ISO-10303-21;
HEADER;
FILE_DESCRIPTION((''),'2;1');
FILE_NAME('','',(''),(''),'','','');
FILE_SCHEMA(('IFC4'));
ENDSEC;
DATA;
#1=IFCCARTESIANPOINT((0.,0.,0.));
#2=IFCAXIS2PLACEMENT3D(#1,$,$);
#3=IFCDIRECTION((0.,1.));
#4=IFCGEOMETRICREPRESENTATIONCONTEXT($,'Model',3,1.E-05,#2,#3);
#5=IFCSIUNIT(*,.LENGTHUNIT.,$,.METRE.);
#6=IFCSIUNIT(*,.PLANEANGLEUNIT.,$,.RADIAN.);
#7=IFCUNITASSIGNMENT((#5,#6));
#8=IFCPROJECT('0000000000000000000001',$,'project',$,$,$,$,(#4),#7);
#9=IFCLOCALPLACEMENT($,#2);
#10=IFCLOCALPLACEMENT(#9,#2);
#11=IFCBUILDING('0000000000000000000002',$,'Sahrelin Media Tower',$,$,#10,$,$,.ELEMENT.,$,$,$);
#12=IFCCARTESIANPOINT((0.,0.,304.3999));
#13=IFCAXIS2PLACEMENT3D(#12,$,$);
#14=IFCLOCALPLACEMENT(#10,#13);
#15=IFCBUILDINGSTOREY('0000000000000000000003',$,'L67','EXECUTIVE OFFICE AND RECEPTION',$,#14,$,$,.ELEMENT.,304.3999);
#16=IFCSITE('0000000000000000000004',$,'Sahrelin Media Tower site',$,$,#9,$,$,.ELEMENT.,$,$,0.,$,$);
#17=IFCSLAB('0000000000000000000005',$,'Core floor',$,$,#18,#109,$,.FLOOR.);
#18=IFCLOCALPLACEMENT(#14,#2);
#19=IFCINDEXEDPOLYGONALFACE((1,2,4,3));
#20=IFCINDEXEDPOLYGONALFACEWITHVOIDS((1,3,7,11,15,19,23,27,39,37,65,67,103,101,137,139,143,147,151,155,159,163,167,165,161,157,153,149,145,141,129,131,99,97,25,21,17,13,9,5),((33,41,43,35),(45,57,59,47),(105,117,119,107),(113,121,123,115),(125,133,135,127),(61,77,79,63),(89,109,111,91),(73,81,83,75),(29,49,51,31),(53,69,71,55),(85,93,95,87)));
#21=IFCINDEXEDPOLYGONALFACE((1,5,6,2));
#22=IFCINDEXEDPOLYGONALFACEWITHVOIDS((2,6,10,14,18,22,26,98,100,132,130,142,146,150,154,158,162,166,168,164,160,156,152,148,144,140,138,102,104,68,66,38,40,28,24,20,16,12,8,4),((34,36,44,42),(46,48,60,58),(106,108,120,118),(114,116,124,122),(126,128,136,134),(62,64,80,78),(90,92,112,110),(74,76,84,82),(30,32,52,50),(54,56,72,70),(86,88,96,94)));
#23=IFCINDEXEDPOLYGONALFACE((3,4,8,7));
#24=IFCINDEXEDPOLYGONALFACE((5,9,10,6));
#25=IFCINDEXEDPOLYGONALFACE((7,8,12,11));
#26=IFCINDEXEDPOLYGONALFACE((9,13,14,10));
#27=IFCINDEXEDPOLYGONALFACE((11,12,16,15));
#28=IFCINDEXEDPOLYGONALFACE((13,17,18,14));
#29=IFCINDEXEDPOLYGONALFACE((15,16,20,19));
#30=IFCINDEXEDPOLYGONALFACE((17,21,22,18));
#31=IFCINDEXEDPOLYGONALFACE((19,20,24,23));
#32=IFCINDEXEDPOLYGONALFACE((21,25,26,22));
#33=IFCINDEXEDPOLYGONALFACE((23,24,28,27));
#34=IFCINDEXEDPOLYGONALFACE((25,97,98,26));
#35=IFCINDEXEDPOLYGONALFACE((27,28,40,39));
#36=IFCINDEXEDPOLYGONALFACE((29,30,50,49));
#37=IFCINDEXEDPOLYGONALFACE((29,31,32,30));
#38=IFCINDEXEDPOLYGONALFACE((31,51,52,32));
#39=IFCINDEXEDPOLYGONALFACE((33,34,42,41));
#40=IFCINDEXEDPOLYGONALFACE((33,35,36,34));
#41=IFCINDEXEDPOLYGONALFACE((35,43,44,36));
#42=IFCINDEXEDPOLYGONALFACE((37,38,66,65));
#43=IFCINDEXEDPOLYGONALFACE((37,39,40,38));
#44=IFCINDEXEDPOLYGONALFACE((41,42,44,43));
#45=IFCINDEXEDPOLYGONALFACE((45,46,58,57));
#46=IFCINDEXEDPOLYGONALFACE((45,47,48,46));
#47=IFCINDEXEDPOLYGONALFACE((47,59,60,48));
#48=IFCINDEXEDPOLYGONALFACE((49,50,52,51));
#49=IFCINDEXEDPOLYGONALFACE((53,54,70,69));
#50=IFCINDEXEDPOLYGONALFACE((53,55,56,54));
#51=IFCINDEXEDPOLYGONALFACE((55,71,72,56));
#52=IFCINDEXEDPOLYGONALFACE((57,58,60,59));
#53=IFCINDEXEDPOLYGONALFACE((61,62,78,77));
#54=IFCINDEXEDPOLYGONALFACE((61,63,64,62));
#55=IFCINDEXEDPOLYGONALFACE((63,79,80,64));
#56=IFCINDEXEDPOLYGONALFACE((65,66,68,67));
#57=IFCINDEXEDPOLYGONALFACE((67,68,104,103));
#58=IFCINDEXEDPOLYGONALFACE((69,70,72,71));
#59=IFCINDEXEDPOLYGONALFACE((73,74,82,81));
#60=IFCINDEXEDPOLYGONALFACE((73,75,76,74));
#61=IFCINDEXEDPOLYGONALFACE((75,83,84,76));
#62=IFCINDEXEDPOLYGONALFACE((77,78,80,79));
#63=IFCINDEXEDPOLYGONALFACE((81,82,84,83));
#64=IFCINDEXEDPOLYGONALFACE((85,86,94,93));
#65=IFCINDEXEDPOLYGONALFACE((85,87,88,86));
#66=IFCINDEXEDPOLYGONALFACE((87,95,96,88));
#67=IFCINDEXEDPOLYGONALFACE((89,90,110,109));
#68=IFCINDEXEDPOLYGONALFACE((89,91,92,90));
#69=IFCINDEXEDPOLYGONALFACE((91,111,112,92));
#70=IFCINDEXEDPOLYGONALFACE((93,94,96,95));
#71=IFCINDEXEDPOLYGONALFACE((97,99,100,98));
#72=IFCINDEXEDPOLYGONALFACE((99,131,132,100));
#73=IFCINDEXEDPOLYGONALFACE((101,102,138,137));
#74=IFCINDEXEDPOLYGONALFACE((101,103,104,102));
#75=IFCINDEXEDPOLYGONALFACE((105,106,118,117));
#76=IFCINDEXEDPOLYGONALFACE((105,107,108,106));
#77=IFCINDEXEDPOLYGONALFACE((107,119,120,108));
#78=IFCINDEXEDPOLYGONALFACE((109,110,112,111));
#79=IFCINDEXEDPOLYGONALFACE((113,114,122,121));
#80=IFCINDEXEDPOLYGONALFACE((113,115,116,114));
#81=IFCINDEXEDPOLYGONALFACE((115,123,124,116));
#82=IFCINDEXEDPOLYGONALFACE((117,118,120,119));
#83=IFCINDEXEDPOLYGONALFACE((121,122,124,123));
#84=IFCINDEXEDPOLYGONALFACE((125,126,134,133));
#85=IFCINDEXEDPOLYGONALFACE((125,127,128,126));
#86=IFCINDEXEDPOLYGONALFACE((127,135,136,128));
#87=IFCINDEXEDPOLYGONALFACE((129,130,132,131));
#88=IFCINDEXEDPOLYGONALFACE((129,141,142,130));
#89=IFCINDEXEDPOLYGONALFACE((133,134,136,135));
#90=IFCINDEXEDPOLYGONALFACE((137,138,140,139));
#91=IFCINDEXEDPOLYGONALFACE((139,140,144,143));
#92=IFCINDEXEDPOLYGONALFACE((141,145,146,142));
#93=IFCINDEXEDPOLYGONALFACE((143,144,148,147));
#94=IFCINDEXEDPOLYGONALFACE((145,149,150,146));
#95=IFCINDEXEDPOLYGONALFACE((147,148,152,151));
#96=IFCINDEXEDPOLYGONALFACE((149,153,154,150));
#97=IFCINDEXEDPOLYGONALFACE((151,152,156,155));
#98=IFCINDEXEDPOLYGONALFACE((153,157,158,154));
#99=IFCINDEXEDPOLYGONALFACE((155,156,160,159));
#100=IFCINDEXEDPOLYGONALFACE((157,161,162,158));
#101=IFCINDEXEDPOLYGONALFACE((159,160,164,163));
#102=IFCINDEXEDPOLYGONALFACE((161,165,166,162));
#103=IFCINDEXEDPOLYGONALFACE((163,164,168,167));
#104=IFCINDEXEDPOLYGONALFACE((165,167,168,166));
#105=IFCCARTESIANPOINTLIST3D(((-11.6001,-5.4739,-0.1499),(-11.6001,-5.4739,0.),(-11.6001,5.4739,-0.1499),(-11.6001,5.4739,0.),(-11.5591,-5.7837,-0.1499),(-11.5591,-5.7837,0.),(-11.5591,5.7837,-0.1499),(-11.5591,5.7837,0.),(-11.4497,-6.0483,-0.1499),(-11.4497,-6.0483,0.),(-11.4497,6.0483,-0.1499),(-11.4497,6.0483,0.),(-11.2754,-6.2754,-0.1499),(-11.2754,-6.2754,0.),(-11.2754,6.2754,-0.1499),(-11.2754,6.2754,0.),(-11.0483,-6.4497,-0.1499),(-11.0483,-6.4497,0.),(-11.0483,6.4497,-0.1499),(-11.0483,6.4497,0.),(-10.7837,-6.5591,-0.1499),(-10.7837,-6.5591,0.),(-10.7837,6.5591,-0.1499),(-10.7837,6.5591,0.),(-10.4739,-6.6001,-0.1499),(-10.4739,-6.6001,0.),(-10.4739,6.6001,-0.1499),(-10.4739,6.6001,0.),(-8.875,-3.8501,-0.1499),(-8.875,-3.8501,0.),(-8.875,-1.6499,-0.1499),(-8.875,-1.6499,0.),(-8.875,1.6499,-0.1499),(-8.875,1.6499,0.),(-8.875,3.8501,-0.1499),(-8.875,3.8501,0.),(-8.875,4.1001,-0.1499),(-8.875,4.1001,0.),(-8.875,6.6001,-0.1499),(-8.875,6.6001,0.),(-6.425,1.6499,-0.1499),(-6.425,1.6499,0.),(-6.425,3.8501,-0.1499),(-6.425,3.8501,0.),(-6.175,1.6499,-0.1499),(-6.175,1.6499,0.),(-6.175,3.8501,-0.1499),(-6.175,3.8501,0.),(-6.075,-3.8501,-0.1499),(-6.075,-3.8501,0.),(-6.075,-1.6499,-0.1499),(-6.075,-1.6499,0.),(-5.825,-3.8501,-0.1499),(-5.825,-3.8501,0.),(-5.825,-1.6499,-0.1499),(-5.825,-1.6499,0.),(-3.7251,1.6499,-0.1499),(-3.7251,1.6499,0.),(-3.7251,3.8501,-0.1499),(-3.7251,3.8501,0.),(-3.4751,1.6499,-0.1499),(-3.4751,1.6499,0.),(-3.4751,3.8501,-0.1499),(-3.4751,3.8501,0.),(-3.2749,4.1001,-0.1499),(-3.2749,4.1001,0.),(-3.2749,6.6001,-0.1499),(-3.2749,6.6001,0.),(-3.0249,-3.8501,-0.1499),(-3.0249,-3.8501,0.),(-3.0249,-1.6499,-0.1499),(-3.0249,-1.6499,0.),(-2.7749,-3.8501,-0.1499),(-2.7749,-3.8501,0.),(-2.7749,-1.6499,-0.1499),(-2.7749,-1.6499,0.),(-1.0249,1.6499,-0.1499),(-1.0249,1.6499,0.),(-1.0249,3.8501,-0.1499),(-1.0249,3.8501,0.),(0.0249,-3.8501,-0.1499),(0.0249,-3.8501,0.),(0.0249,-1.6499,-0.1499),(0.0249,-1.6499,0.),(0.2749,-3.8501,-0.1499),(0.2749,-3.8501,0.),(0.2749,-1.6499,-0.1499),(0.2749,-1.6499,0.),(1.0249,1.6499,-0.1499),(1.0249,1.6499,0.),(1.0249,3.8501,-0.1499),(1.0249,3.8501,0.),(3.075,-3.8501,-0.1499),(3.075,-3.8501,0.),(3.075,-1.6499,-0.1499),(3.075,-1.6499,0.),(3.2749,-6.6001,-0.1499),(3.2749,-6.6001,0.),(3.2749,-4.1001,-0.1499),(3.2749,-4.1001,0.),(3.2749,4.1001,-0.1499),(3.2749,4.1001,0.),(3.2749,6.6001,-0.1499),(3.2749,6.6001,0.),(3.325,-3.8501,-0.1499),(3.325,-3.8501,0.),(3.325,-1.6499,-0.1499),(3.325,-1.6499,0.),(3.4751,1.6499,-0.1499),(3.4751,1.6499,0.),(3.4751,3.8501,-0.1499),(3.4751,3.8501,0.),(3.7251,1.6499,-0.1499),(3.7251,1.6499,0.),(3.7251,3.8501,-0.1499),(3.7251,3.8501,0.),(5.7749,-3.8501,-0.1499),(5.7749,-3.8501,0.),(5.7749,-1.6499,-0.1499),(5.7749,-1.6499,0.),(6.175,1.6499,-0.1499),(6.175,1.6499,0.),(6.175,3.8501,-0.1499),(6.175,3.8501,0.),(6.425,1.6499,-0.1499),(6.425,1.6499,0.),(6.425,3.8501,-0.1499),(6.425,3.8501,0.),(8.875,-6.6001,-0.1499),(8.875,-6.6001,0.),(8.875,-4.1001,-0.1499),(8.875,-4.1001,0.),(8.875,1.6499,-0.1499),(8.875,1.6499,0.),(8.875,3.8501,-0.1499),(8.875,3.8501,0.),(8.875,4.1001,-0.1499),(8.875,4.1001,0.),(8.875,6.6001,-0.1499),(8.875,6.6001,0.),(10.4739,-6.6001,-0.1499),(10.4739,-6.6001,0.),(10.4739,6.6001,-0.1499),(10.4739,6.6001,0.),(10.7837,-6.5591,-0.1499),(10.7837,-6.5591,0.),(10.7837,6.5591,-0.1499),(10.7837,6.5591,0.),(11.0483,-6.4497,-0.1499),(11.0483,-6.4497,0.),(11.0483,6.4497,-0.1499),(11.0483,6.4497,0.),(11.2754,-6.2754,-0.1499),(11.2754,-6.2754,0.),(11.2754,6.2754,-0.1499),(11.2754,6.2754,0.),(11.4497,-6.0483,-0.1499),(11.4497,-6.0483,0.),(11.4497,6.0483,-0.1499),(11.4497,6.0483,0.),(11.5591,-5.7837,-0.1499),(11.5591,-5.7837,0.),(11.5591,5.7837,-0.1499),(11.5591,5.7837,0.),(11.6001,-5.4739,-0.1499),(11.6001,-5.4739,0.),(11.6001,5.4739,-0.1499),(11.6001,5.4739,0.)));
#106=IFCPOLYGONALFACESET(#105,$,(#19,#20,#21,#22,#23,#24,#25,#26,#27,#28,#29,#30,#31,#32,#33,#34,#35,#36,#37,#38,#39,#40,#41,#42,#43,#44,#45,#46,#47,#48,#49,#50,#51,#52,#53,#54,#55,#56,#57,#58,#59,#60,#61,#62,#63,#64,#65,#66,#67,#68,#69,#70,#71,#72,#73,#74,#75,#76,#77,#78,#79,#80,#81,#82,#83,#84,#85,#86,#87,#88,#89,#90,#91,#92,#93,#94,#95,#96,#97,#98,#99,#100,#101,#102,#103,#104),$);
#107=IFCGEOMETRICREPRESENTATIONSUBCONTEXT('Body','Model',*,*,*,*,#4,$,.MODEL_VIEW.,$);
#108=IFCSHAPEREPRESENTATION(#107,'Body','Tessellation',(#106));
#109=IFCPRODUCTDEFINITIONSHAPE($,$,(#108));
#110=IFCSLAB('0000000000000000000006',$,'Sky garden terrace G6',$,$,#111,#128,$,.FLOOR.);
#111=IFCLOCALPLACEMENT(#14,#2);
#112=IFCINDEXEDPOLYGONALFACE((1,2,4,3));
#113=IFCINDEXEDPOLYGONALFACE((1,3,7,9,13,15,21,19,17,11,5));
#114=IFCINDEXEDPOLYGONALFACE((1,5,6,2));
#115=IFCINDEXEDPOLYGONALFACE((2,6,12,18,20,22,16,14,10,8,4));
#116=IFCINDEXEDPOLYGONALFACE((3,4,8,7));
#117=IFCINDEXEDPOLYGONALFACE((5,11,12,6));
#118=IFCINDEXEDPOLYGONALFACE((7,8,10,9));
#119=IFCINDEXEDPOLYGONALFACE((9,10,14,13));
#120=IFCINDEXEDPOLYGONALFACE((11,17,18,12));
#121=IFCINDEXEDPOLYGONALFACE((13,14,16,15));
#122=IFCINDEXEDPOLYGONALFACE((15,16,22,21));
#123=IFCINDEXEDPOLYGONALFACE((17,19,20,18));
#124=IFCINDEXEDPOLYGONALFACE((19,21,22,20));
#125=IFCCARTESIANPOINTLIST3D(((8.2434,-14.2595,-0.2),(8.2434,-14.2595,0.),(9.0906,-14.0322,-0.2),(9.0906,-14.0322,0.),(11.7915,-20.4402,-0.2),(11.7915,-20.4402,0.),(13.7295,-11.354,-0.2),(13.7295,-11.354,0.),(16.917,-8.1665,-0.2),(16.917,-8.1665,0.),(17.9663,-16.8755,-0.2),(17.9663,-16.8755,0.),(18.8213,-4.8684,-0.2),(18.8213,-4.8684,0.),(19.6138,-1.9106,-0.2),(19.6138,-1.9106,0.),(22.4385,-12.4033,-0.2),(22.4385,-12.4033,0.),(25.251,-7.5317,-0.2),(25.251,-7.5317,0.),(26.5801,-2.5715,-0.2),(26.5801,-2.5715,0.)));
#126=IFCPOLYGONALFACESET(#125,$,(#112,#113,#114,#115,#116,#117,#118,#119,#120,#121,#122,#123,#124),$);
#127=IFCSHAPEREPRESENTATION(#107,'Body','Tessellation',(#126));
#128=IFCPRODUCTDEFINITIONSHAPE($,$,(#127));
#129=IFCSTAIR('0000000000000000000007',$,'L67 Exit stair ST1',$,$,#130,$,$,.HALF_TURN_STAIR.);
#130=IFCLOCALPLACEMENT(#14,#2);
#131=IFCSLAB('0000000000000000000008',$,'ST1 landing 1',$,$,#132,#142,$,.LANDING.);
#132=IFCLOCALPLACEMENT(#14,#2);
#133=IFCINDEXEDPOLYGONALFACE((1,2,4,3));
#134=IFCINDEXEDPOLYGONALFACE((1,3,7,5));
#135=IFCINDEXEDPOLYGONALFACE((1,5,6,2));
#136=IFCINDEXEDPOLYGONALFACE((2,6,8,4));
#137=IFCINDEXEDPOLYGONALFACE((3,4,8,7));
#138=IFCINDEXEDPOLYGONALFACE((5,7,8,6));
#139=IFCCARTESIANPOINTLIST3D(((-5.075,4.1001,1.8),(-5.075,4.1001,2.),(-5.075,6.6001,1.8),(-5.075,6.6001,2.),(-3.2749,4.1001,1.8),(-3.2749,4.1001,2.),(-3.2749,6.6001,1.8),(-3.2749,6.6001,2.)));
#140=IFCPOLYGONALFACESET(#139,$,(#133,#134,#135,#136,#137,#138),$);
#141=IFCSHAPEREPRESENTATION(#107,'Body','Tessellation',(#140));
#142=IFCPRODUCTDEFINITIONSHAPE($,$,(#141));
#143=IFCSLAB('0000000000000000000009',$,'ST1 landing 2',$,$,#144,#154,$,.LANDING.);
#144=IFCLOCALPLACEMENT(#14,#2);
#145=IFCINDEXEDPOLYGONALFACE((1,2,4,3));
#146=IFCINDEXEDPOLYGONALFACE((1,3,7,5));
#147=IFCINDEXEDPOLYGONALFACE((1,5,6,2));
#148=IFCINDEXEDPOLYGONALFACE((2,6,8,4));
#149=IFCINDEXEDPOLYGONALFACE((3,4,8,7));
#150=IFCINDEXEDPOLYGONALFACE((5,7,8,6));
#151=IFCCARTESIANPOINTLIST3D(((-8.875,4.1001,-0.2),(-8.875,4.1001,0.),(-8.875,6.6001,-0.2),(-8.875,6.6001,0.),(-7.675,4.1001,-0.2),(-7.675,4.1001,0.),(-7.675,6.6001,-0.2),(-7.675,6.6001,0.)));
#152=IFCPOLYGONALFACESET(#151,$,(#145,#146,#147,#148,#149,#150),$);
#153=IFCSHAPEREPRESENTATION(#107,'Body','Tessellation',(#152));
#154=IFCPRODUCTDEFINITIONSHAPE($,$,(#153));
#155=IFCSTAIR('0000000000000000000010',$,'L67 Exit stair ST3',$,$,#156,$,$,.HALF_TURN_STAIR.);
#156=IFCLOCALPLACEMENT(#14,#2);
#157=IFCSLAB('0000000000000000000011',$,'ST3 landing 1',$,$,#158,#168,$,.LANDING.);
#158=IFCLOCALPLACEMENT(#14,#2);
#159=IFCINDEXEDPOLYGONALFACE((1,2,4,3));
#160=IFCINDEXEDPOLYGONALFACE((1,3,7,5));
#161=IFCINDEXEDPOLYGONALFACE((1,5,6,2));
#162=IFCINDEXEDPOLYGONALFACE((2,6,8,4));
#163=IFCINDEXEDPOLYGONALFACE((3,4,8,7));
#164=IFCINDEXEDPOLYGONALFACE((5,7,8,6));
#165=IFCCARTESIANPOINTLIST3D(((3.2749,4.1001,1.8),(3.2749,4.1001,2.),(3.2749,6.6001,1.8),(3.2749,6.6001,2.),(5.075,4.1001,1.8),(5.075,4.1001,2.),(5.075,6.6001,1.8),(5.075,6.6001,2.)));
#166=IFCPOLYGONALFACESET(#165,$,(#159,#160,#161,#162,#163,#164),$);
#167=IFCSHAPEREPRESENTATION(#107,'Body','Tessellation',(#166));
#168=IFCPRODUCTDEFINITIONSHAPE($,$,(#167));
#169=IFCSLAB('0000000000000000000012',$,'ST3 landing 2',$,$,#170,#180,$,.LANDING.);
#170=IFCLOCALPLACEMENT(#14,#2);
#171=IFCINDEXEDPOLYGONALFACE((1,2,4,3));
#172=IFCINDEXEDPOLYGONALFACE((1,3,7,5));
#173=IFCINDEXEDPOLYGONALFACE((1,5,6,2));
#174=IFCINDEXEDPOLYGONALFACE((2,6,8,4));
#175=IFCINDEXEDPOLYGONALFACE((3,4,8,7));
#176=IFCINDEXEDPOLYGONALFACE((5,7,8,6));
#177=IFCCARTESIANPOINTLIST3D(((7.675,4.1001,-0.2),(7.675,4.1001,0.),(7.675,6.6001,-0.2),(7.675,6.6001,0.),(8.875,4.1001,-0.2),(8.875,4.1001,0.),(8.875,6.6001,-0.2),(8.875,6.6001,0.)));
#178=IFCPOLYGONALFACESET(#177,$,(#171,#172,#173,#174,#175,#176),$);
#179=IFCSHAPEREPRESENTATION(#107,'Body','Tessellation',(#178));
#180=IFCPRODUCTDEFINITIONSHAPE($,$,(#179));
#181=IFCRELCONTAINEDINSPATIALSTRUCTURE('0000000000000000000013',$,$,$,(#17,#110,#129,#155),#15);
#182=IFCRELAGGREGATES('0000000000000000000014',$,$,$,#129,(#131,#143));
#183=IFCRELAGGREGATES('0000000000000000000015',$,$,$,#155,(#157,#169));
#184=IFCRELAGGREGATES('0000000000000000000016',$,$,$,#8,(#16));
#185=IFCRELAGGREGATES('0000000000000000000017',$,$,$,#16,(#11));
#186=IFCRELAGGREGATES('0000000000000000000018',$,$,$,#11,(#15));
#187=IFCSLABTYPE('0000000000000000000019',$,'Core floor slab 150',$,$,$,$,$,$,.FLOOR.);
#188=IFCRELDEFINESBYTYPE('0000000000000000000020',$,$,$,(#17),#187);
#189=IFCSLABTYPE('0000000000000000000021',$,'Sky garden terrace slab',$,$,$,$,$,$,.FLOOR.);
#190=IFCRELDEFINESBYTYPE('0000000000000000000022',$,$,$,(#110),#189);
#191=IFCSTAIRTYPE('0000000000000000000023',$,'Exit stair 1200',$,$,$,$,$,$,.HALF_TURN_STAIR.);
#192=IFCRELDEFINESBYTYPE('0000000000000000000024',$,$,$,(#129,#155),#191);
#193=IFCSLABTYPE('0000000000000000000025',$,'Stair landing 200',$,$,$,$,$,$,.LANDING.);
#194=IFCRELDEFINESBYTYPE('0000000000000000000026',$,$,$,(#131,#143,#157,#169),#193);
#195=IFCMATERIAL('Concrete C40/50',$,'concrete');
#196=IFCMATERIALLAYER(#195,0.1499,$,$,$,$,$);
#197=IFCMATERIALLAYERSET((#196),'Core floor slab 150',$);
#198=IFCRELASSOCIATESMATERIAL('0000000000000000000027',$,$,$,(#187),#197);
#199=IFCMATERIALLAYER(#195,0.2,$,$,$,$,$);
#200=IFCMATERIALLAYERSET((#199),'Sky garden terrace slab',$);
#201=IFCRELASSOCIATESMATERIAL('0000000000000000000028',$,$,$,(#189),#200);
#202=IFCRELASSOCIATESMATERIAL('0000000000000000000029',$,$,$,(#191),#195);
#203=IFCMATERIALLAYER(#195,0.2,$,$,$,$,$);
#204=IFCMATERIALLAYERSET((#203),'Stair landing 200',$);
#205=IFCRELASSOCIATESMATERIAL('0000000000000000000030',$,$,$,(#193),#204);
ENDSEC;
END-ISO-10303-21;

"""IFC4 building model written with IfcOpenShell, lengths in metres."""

from ifc_helpers import new_model, si_unit, direction, frame, origin, place, context, subcontext, project, spatial, polyline, outline, extrude, material, layer, layer_set, type_object, element, aggregate, save


model = new_model("IFC4")

# Units and contexts
model_context = context("Model", 3, precision=1e-05, world=origin(), true_north=direction((0.0, 1.0)))
body_context = subcontext(model_context, "Body", "Model", "MODEL_VIEW")
ifc_project = project(units=[si_unit("LENGTHUNIT", "METRE"), si_unit("PLANEANGLEUNIT", "RADIAN")], contexts=[model_context])

# Site, building, storey
site_placement = place(None, origin())
site = spatial("IfcSite", under=ifc_project, at=site_placement, Name="Sahrelin Media Tower site", CompositionType="ELEMENT", RefElevation=0.0)
building_placement = place(site_placement, origin())
building = spatial("IfcBuilding", under=site, at=building_placement, Name="Sahrelin Media Tower", CompositionType="ELEMENT")
storey_placement = place(building_placement, frame((0.0, 0.0, 304.3999)))
storey = spatial("IfcBuildingStorey", under=building, at=storey_placement, Name="L67", Description="EXECUTIVE OFFICE AND RECEPTION", CompositionType="ELEMENT", Elevation=304.3999)

# Slabs
ifc_material_1 = material(Name="Concrete C40/50", Category="concrete")
ifc_layer_1 = layer(ifc_material_1, 0.1499)
ifc_layer_set_1 = layer_set([ifc_layer_1], Name="Core floor slab 150")
slab_type_1 = type_object("IfcSlabType", Name="Core floor slab 150", PredefinedType="FLOOR", material=ifc_layer_set_1)
slab_1_placement = place(storey_placement, frame((0.0, 0.0, -0.1499)))
element("IfcSlab", 1, at=slab_1_placement, inside=storey, type_object=slab_type_1, Name="Core floor", PredefinedType="FLOOR", context=body_context, shape_type="SweptSolid", body=[
    extrude(outline(polyline([(-11.6001, -5.4739), (-11.5591, -5.7837), (-11.4497, -6.0483), (-11.2754, -6.2754), (-11.0483, -6.4497), (-10.7837, -6.5591), (-10.4739, -6.6001), (3.2749, -6.6001), (3.2749, -4.1001), (8.875, -4.1001), (8.875, -6.6001), (10.4739, -6.6001), (10.7837, -6.5591), (11.0483, -6.4497), (11.2754, -6.2754), (11.4497, -6.0483), (11.5591, -5.7837), (11.6001, -5.4739), (11.6001, 5.4739), (11.5591, 5.7837), (11.4497, 6.0483), (11.2754, 6.2754), (11.0483, 6.4497), (10.7837, 6.5591), (10.4739, 6.6001), (8.875, 6.6001), (8.875, 4.1001), (3.2749, 4.1001), (3.2749, 6.6001), (-3.2749, 6.6001), (-3.2749, 4.1001), (-8.875, 4.1001), (-8.875, 6.6001), (-10.4739, 6.6001), (-10.7837, 6.5591), (-11.0483, 6.4497), (-11.2754, 6.2754), (-11.4497, 6.0483), (-11.5591, 5.7837), (-11.6001, 5.4739), (-11.6001, -5.4739)]), holes=[polyline([(-8.875, 3.8501), (-8.875, 1.6499), (-6.425, 1.6499), (-6.425, 3.8501), (-8.875, 3.8501)]), polyline([(-3.7251, 3.8501), (-6.175, 3.8501), (-6.175, 1.6499), (-3.7251, 1.6499), (-3.7251, 3.8501)]), polyline([(-1.0249, 1.6499), (-1.0249, 3.8501), (-3.4751, 3.8501), (-3.4751, 1.6499), (-1.0249, 1.6499)]), polyline([(1.0249, 1.6499), (3.4751, 1.6499), (3.4751, 3.8501), (1.0249, 3.8501), (1.0249, 1.6499)]), polyline([(3.7251, 3.8501), (3.7251, 1.6499), (6.175, 1.6499), (6.175, 3.8501), (3.7251, 3.8501)]), polyline([(8.875, 3.8501), (6.425, 3.8501), (6.425, 1.6499), (8.875, 1.6499), (8.875, 3.8501)]), polyline([(-6.075, -3.8501), (-6.075, -1.6499), (-8.875, -1.6499), (-8.875, -3.8501), (-6.075, -3.8501)]), polyline([(-5.825, -3.8501), (-3.0249, -3.8501), (-3.0249, -1.6499), (-5.825, -1.6499), (-5.825, -3.8501)]), polyline([(-2.7749, -1.6499), (-2.7749, -3.8501), (0.0249, -3.8501), (0.0249, -1.6499), (-2.7749, -1.6499)]), polyline([(3.075, -1.6499), (0.2749, -1.6499), (0.2749, -3.8501), (3.075, -3.8501), (3.075, -1.6499)]), polyline([(5.7749, -3.8501), (5.7749, -1.6499), (3.325, -1.6499), (3.325, -3.8501), (5.7749, -3.8501)])]), origin(), (0.0, 0.0, 1.0), 0.1499),
])
ifc_layer_2 = layer(ifc_material_1, 0.2)
ifc_layer_set_2 = layer_set([ifc_layer_2], Name="Sky garden terrace slab")
slab_type_2 = type_object("IfcSlabType", Name="Sky garden terrace slab", PredefinedType="FLOOR", material=ifc_layer_set_2)
placement_1 = place(storey_placement, frame((0.0, 0.0, -0.2)))
element("IfcSlab", 2, at=placement_1, inside=storey, type_object=slab_type_2, Name="Sky garden terrace G6", PredefinedType="FLOOR", context=body_context, shape_type="SweptSolid", body=[
    extrude(outline(polyline([(25.251, -7.5317), (22.4385, -12.4033), (17.9663, -16.8755), (11.7915, -20.4402), (8.2434, -14.2595), (9.0906, -14.0322), (13.7295, -11.354), (16.917, -8.1665), (18.8213, -4.8684), (19.6138, -1.9106), (26.5801, -2.5715), (25.251, -7.5317)])), origin(), (0.0, 0.0, 1.0), 0.2),
])

# Stairs, slabs
stair_type = type_object("IfcStairType", Name="Exit stair 1200", PredefinedType="HALF_TURN_STAIR", material=ifc_material_1)
placement_2 = place(storey_placement, origin())
stair_1 = element("IfcStair", 3, at=placement_2, inside=storey, type_object=stair_type, Name="L67 Exit stair ST1", PredefinedType="HALF_TURN_STAIR")
ifc_layer_3 = layer(ifc_material_1, 0.2)
ifc_layer_set_3 = layer_set([ifc_layer_3], Name="Stair landing 200")
slab_type_3 = type_object("IfcSlabType", Name="Stair landing 200", PredefinedType="LANDING", material=ifc_layer_set_3)
placement_3 = place(storey_placement, frame((0.0, 0.0, 1.8)))
slab_2 = element("IfcSlab", 4, at=placement_3, type_object=slab_type_3, Name="ST1 landing 1", PredefinedType="LANDING", context=body_context, shape_type="SweptSolid", body=[
    extrude(outline(polyline([(-5.075, 4.1001), (-3.2749, 4.1001), (-3.2749, 6.6001), (-5.075, 6.6001), (-5.075, 4.1001)])), origin(), (0.0, 0.0, 1.0), 0.2),
])
slab_3 = element("IfcSlab", 5, at=placement_1, type_object=slab_type_3, Name="ST1 landing 2", PredefinedType="LANDING", context=body_context, shape_type="SweptSolid", body=[
    extrude(outline(polyline([(-8.875, 4.1001), (-7.675, 4.1001), (-7.675, 6.6001), (-8.875, 6.6001), (-8.875, 4.1001)])), origin(), (0.0, 0.0, 1.0), 0.2),
])
aggregate(stair_1, [slab_2, slab_3])
stair_2 = element("IfcStair", 6, at=placement_2, inside=storey, type_object=stair_type, Name="L67 Exit stair ST3", PredefinedType="HALF_TURN_STAIR")
slab_4 = element("IfcSlab", 7, at=placement_3, type_object=slab_type_3, Name="ST3 landing 1", PredefinedType="LANDING", context=body_context, shape_type="SweptSolid", body=[
    extrude(outline(polyline([(5.075, 6.6001), (3.2749, 6.6001), (3.2749, 4.1001), (5.075, 4.1001), (5.075, 6.6001)])), origin(), (0.0, 0.0, 1.0), 0.2),
])
slab_5 = element("IfcSlab", 8, at=placement_1, type_object=slab_type_3, Name="ST3 landing 2", PredefinedType="LANDING", context=body_context, shape_type="SweptSolid", body=[
    extrude(outline(polyline([(8.875, 6.6001), (7.675, 6.6001), (7.675, 4.1001), (8.875, 4.1001), (8.875, 6.6001)])), origin(), (0.0, 0.0, 1.0), 0.2),
])
aggregate(stair_2, [slab_4, slab_5])

save(model, "model.ifc")
